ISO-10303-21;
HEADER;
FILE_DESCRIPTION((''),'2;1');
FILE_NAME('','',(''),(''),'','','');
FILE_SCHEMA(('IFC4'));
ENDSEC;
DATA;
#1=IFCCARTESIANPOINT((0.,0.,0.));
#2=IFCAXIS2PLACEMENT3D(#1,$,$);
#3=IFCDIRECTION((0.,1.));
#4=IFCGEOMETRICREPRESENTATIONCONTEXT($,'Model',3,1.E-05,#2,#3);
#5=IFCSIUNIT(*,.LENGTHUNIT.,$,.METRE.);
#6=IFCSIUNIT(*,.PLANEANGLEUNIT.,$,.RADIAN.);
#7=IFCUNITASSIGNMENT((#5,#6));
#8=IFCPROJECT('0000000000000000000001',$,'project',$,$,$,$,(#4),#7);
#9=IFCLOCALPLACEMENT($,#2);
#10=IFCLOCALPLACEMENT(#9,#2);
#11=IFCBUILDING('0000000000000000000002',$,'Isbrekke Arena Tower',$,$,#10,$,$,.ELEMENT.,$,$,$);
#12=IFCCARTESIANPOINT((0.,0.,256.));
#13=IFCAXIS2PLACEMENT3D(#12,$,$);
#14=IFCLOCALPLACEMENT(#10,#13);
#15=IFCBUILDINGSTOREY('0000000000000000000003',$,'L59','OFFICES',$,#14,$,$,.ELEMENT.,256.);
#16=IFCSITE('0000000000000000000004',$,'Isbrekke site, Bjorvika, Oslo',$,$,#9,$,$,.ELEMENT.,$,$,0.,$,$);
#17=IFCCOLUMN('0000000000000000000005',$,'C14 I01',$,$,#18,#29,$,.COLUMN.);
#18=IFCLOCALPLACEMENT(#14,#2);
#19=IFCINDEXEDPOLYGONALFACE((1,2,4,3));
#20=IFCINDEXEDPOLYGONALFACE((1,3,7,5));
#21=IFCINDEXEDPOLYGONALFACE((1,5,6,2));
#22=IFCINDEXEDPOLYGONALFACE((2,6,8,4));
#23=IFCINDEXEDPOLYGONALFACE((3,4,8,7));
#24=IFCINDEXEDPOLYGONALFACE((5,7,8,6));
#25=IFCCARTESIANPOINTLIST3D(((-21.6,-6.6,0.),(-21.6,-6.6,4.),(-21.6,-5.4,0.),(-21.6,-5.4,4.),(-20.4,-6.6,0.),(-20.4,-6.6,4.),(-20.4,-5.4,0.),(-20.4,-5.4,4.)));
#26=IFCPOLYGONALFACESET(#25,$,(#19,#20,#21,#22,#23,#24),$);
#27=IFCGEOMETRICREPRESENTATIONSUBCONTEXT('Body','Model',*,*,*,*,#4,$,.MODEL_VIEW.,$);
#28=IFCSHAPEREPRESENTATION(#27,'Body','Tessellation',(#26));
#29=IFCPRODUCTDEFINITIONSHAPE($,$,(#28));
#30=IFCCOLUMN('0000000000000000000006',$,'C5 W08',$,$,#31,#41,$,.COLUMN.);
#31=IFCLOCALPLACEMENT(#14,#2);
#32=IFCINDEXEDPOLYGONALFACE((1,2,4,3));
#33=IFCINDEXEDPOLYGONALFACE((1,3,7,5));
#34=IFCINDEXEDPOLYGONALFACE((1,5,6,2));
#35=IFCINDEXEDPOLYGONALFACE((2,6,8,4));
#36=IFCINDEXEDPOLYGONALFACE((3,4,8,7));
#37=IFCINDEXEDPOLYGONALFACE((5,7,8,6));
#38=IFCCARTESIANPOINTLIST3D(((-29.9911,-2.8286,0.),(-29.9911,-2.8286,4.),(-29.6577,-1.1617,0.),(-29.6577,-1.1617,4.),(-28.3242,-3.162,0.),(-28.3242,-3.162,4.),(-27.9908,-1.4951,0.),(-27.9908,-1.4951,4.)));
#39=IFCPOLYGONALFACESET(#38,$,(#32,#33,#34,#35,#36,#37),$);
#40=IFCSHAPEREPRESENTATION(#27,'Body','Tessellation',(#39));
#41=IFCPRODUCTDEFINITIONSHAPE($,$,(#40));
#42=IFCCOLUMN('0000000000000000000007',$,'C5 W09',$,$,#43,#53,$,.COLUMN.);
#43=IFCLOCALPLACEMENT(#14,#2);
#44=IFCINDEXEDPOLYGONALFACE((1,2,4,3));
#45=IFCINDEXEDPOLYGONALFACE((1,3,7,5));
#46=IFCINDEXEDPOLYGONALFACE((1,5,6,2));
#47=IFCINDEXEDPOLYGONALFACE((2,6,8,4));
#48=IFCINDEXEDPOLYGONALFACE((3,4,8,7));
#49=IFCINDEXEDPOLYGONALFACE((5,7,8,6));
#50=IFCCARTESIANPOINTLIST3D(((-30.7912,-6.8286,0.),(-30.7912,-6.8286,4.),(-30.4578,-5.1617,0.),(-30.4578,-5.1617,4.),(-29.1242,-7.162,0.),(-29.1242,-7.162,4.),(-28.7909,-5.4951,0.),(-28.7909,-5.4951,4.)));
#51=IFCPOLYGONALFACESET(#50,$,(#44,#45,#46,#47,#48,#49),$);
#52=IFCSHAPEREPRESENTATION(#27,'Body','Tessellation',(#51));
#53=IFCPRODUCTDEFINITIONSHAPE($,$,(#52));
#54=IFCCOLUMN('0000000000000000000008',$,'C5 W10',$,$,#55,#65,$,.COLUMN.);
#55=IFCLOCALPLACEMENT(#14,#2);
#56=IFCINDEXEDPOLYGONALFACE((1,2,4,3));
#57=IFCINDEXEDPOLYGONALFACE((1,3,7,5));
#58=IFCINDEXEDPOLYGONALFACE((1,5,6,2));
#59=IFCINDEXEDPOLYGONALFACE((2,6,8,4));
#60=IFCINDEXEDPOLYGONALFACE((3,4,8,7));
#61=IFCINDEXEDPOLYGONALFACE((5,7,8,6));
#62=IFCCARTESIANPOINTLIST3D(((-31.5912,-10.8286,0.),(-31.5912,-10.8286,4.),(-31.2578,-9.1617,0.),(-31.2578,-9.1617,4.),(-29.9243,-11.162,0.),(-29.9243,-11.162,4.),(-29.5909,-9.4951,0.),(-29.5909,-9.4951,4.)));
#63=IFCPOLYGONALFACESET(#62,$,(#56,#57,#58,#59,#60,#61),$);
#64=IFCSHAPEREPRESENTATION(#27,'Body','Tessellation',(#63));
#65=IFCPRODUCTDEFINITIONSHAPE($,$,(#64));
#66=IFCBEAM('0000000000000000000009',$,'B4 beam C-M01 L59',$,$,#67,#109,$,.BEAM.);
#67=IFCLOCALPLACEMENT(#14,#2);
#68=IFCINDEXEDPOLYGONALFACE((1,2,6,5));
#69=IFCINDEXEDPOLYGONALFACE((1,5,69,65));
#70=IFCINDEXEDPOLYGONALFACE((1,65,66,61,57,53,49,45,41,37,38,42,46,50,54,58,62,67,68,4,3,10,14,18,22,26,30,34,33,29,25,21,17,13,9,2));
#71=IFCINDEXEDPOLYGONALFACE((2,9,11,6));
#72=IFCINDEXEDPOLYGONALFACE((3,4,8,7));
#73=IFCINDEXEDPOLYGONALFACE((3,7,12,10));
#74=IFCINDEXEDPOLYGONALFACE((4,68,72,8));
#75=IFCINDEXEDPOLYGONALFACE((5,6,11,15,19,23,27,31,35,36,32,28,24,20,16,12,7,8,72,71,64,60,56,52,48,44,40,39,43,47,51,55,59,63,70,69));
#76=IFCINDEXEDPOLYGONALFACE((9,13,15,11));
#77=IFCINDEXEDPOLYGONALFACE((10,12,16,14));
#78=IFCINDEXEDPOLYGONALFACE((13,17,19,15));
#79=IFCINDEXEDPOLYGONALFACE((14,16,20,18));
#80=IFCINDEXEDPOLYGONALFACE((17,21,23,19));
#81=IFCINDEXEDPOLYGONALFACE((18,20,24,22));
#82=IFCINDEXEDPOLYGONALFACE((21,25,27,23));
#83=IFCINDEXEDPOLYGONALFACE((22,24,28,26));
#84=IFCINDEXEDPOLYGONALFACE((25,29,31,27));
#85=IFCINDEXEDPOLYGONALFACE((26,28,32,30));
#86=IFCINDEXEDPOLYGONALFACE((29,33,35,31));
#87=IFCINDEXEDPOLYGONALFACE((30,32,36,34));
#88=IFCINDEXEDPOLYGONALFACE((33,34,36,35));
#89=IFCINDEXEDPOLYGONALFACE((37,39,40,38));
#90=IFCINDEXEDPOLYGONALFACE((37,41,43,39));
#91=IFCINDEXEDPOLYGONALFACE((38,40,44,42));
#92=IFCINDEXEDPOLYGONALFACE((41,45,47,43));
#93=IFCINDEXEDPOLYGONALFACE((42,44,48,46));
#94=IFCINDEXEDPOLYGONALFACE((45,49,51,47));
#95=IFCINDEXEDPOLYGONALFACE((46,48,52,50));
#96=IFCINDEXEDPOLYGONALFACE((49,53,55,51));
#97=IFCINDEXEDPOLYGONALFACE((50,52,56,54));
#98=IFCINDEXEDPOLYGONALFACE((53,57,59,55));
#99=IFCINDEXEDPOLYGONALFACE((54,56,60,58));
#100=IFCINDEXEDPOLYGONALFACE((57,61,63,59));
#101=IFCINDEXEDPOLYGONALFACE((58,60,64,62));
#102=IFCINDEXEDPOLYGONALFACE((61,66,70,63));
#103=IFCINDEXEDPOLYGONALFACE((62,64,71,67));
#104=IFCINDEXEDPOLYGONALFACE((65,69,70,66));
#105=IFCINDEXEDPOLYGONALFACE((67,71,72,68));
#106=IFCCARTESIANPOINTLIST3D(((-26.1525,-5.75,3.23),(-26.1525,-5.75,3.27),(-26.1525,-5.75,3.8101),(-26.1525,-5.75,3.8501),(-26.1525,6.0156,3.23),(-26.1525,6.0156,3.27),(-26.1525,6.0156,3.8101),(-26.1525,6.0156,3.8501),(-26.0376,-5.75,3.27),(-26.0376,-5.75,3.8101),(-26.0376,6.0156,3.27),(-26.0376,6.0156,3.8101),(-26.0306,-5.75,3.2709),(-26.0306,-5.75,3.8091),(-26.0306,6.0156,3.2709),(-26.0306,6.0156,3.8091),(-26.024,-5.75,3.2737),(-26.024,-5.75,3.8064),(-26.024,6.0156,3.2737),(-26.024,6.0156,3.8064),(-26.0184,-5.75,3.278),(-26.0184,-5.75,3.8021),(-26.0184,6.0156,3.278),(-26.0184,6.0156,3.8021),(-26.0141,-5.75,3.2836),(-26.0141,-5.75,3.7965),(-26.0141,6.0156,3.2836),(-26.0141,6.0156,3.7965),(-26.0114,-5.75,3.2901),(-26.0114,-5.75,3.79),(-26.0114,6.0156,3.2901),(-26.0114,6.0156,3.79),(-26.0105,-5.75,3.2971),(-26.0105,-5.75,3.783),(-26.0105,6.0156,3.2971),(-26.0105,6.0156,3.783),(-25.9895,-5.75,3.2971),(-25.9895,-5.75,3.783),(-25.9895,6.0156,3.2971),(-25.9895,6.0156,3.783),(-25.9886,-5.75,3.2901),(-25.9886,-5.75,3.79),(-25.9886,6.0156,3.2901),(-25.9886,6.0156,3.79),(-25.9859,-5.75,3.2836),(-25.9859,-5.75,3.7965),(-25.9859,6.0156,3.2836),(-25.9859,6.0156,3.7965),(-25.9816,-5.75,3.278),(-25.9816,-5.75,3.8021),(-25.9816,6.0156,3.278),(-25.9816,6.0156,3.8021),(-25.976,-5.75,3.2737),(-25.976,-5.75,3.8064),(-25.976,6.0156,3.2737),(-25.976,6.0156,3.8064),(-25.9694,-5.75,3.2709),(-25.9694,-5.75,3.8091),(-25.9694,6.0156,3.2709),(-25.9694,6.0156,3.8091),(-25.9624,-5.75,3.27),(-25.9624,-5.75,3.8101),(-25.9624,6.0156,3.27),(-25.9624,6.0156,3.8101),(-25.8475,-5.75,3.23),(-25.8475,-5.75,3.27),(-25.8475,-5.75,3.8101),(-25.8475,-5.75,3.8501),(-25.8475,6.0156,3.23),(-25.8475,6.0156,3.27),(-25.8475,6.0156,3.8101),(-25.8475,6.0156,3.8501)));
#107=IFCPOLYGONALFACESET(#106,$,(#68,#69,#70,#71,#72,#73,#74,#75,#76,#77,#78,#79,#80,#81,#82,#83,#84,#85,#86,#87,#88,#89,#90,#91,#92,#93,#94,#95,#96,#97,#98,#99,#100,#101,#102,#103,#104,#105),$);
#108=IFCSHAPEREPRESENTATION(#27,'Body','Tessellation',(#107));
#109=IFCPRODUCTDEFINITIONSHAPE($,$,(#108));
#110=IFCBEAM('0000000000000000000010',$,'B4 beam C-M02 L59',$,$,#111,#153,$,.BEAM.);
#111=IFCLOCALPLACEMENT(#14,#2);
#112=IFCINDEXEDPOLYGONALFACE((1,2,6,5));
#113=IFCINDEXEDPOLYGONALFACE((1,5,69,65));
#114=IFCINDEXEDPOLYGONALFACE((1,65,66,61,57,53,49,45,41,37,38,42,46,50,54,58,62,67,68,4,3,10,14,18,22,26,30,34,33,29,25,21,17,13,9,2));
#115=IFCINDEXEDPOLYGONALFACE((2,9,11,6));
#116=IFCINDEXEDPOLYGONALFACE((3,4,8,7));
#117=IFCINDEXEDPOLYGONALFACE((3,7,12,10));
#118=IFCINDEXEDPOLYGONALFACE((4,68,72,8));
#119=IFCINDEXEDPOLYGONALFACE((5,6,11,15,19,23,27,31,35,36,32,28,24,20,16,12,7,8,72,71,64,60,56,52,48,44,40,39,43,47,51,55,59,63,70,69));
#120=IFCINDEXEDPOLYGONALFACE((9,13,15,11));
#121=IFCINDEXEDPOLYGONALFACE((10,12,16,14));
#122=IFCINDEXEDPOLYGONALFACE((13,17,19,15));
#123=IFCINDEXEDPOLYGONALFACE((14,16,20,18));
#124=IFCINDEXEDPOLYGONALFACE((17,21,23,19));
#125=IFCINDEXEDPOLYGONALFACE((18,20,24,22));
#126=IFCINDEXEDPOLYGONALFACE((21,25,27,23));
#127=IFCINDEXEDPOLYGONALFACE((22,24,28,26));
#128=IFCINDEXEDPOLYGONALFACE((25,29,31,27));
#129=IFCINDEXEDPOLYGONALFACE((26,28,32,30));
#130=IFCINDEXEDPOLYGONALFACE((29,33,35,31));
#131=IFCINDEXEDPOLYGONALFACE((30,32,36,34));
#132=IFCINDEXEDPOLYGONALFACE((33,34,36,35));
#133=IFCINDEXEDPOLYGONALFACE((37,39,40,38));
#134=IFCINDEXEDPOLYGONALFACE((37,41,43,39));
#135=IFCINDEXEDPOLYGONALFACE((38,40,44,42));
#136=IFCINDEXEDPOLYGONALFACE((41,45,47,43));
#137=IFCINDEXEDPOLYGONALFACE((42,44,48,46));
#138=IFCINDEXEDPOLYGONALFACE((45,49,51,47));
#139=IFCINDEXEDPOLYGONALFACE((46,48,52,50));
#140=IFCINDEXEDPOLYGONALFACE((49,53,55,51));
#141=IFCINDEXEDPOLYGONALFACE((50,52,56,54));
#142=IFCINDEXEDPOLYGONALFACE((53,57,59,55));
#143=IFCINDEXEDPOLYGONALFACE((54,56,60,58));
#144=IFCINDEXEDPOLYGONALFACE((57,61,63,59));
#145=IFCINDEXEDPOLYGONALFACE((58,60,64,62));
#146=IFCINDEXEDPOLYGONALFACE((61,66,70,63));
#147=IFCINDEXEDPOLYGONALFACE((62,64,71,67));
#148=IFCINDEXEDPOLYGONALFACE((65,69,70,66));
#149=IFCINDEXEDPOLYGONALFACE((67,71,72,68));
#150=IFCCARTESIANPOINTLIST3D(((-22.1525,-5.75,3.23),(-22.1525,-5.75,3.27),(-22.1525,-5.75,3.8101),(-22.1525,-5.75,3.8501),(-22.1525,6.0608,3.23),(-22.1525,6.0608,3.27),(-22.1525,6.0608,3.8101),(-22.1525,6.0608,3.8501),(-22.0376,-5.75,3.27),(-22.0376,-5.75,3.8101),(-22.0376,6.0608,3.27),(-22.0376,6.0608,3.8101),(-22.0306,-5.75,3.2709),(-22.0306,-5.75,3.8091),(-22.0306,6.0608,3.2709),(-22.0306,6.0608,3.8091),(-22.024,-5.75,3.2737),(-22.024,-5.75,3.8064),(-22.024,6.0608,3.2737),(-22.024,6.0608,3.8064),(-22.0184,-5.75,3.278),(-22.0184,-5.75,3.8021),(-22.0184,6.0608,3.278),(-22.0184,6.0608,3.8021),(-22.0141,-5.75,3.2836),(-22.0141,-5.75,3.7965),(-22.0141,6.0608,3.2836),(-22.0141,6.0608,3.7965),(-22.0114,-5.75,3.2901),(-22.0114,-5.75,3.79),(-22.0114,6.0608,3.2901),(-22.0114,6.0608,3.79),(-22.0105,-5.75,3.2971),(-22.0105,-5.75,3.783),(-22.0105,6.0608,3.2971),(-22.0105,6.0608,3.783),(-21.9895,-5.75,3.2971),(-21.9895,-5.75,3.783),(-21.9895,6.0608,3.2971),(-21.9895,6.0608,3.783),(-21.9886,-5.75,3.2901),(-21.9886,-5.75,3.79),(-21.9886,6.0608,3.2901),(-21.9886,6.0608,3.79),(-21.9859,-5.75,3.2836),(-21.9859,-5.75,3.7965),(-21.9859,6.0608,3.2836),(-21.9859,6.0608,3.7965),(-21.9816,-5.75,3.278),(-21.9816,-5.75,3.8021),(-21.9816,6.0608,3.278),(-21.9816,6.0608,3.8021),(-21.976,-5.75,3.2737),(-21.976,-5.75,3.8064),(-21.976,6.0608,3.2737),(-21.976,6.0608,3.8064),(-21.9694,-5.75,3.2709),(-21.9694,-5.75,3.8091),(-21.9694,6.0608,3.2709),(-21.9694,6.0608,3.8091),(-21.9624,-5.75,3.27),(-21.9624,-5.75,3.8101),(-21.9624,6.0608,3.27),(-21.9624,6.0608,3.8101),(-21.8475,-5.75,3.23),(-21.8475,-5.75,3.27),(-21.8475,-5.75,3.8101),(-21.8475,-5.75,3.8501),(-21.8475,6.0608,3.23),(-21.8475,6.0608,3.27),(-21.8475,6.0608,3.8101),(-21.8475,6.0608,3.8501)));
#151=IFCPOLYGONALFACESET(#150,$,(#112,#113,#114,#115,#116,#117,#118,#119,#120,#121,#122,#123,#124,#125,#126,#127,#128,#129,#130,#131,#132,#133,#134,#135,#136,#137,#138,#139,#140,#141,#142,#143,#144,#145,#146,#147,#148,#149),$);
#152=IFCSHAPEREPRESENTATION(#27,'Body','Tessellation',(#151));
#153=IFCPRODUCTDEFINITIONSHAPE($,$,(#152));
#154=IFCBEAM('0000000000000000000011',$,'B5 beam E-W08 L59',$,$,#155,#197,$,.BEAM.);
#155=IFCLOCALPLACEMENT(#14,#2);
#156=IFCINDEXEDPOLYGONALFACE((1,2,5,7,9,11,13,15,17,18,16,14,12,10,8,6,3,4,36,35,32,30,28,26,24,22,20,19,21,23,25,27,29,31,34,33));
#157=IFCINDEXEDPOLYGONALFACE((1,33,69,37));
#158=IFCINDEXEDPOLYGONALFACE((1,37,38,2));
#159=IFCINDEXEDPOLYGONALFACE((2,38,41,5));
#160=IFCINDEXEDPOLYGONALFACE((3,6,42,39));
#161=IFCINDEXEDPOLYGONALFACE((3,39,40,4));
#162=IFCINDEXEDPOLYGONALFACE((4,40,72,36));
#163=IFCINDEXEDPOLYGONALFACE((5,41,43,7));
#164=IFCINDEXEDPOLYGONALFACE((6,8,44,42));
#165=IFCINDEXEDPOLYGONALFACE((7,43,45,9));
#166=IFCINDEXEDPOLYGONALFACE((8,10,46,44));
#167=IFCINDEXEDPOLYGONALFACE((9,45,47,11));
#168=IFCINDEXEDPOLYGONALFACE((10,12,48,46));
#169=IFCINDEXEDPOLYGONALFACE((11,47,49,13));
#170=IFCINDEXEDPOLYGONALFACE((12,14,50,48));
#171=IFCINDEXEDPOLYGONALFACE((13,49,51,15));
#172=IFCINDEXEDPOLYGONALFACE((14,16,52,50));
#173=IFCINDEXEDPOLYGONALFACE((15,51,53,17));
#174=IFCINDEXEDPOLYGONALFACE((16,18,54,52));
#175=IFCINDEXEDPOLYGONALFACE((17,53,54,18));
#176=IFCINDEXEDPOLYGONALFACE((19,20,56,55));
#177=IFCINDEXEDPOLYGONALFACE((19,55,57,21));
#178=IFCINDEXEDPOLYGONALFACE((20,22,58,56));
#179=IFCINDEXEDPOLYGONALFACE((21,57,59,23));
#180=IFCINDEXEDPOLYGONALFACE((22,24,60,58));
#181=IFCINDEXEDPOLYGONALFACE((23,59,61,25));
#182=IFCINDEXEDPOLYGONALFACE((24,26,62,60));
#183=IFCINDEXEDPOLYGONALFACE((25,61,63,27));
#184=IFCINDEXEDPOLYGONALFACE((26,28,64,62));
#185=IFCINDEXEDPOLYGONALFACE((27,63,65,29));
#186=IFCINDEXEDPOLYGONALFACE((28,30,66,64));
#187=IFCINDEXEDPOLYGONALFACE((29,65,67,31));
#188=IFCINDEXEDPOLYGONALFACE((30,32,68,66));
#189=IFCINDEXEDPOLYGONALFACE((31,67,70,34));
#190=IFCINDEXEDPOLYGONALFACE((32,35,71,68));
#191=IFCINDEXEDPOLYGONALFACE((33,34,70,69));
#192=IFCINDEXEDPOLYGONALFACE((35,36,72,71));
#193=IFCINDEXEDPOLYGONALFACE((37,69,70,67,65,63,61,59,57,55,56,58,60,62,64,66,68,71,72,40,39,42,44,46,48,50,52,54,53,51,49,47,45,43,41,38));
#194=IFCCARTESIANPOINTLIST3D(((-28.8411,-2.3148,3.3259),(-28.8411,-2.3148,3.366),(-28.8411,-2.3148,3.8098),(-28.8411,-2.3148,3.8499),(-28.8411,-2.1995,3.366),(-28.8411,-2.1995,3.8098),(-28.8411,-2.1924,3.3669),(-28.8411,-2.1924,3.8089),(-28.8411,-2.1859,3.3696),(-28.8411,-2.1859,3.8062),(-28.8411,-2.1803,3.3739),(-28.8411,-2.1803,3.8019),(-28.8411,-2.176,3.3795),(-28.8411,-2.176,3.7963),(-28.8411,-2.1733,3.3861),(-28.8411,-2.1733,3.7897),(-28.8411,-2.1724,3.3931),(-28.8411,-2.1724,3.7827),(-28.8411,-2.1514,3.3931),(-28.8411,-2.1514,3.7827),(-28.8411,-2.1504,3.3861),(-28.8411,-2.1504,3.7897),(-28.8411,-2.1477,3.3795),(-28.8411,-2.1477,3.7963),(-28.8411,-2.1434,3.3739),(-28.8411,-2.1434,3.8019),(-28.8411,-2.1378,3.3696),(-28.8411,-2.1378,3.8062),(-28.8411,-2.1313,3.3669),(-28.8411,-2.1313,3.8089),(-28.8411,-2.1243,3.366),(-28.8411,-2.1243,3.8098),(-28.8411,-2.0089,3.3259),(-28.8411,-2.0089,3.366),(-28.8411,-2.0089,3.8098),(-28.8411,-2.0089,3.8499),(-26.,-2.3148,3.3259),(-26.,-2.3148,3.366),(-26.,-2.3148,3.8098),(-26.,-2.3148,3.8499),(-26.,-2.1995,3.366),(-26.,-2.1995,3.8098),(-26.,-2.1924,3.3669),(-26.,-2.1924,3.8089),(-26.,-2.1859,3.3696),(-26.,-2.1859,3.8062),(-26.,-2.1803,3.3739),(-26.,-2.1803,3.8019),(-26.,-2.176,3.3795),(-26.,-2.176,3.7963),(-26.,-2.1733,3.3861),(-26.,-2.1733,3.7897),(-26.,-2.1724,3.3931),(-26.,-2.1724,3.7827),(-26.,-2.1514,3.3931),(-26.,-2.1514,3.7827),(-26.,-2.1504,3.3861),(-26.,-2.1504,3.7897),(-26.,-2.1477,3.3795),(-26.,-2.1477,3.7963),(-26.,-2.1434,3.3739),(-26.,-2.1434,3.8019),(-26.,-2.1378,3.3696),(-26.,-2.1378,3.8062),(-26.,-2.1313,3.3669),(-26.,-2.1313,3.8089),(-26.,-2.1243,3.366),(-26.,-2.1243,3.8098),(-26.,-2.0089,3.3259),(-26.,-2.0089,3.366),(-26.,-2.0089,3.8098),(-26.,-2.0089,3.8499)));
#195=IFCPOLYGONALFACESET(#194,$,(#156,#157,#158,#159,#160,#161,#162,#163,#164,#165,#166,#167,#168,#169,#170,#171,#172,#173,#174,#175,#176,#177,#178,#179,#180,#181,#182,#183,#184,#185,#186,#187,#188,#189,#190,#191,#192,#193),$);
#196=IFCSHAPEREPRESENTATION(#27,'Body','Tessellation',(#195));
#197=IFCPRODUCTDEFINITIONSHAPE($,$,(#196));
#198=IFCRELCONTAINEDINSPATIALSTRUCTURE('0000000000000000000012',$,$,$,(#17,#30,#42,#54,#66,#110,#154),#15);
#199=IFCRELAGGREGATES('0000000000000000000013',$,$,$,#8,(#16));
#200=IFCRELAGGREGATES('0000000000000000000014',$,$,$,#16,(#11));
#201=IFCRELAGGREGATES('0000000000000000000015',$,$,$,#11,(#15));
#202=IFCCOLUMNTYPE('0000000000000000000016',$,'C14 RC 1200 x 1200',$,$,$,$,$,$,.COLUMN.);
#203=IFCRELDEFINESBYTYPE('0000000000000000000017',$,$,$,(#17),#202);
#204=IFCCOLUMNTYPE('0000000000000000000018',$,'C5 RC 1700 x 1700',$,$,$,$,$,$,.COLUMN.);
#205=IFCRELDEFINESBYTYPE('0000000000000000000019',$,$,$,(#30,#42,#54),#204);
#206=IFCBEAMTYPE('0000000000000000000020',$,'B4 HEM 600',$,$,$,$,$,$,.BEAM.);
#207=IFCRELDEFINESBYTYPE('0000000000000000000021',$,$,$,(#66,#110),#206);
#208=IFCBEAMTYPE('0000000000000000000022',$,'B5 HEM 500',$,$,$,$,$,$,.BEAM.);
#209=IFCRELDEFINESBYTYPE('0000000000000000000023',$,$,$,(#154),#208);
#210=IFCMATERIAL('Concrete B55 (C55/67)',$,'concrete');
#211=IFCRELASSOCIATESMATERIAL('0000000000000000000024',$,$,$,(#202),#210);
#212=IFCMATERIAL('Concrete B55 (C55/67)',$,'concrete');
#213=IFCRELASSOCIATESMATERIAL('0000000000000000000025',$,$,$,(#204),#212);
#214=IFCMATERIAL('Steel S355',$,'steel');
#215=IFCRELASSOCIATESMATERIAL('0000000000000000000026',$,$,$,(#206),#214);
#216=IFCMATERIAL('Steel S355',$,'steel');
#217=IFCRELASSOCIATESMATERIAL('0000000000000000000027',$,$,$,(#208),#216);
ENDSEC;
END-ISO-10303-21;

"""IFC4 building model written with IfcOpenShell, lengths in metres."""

from ifc_helpers import new_model, si_unit, direction, frame, origin, origin_2d, place, context, subcontext, project, spatial, rectangle, i_section, extrude, material, material_profile, profile_set, type_object, element, save


model = new_model("IFC4")

# Units and contexts
model_context = context("Model", 3, precision=1e-05, world=origin(), true_north=direction((0.0, 1.0)))
body_context = subcontext(model_context, "Body", "Model", "MODEL_VIEW")
ifc_project = project(units=[si_unit("LENGTHUNIT", "METRE"), si_unit("PLANEANGLEUNIT", "RADIAN")], contexts=[model_context])

# Site, building, storey
site_placement = place(None, origin())
site = spatial("IfcSite", under=ifc_project, at=site_placement, Name="Isbrekke site, Bjorvika, Oslo", CompositionType="ELEMENT", RefElevation=0.0)
building_placement = place(site_placement, origin())
building = spatial("IfcBuilding", under=site, at=building_placement, Name="Isbrekke Arena Tower", CompositionType="ELEMENT")
storey_placement = place(building_placement, frame((0.0, 0.0, 256.0)))
storey = spatial("IfcBuildingStorey", under=building, at=storey_placement, Name="L59", Description="OFFICES", CompositionType="ELEMENT", Elevation=256.0)

# Columns
ifc_material_1 = material(Name="Concrete B55 (C55/67)", Category="concrete")
ifc_material_profile_1 = material_profile(ifc_material_1, rectangle(XDim=1.2, YDim=1.2, at=origin_2d()), Name="RC 1200x1200")
ifc_profile_set_1 = profile_set([ifc_material_profile_1], Name="Concrete B55 (C55/67)")
column_type_1 = type_object("IfcColumnType", Name="C14 RC 1200 x 1200", PredefinedType="COLUMN", material=ifc_profile_set_1)
column_placement = place(storey_placement, frame((-21.0, -6.0, 0.0), z_axis=(0.0, 0.0, 1.0), x_axis=(1.0, 0.0, 0.0)))
element("IfcColumn", 1, at=column_placement, inside=storey, type_object=column_type_1, Name="C14 I01", PredefinedType="COLUMN", context=body_context, shape_type="SweptSolid", body=[
    extrude(rectangle(XDim=1.2, YDim=1.2, at=origin_2d()), origin(), (0.0, 0.0, 1.0), 4.0),
])
ifc_material_2 = material(Name="Concrete B55 (C55/67)", Category="concrete")
ifc_material_profile_2 = material_profile(ifc_material_2, rectangle(XDim=1.7, YDim=1.7, at=origin_2d()), Name="RC 1700x1700")
ifc_profile_set_2 = profile_set([ifc_material_profile_2], Name="Concrete B55 (C55/67)")
column_type_2 = type_object("IfcColumnType", Name="C5 RC 1700 x 1700", PredefinedType="COLUMN", material=ifc_profile_set_2)
for number, where, z_axis, x_axis, name in (
    (2, (-28.991, -2.1619, 0.0), (0.0, 0.0, 1.0), (-0.196116, -0.980581, 0.0), "C5 W08"),
    (3, (-29.791, -6.1619, 0.0), (0.0, 0.0, 1.0), (-0.196116, -0.980581, 0.0), "C5 W09"),
    (4, (-30.5911, -10.1619, 0.0), (0.0, 0.0, 1.0), (-0.196116, -0.980581, 0.0), "C5 W10"),
):
    element("IfcColumn", number, at=place(storey_placement, frame(where, z_axis=z_axis, x_axis=x_axis)), inside=storey, type_object=column_type_2, Name=name, PredefinedType="COLUMN", context=body_context, shape_type="SweptSolid", body=[
        extrude(rectangle(XDim=1.7, YDim=1.7, at=origin_2d()), origin(), (0.0, 0.0, 1.0), 4.0),
    ])

# Beams
ifc_material_3 = material(Name="Steel S355", Category="steel")
ifc_material_profile_3 = material_profile(ifc_material_3, i_section(OverallWidth=0.3049, OverallDepth=0.6201, WebThickness=0.021, FlangeThickness=0.04, FilletRadius=0.0271, at=origin_2d()), Name="HEM 600")
ifc_profile_set_3 = profile_set([ifc_material_profile_3], Name="Steel S355")
beam_type_1 = type_object("IfcBeamType", Name="B4 HEM 600", PredefinedType="BEAM", material=ifc_profile_set_3)
beam_1_placement = place(storey_placement, frame((-26.0, -5.75, 3.54), z_axis=(0.0, 1.0, 0.0), x_axis=(-1.0, 0.0, 0.0)))
element("IfcBeam", 5, at=beam_1_placement, inside=storey, type_object=beam_type_1, Name="B4 beam C-M01 L59", PredefinedType="BEAM", context=body_context, shape_type="SweptSolid", body=[
    extrude(i_section(OverallWidth=0.3049, OverallDepth=0.6201, WebThickness=0.021, FlangeThickness=0.04, FilletRadius=0.0271, at=origin_2d()), origin(), (0.0, 0.0, 1.0), 11.7656),
])
beam_2_placement = place(storey_placement, frame((-22.0, -5.75, 3.54), z_axis=(0.0, 1.0, 0.0), x_axis=(-1.0, 0.0, 0.0)))
element("IfcBeam", 6, at=beam_2_placement, inside=storey, type_object=beam_type_1, Name="B4 beam C-M02 L59", PredefinedType="BEAM", context=body_context, shape_type="SweptSolid", body=[
    extrude(i_section(OverallWidth=0.3049, OverallDepth=0.6201, WebThickness=0.021, FlangeThickness=0.04, FilletRadius=0.0271, at=origin_2d()), origin(), (0.0, 0.0, 1.0), 11.8108),
])
ifc_material_4 = material(Name="Steel S355", Category="steel")
ifc_material_profile_4 = material_profile(ifc_material_4, i_section(OverallWidth=0.3059, OverallDepth=0.5239, WebThickness=0.021, FlangeThickness=0.04, FilletRadius=0.0271, at=origin_2d()), Name="HEM 500")
ifc_profile_set_4 = profile_set([ifc_material_profile_4], Name="Steel S355")
beam_type_2 = type_object("IfcBeamType", Name="B5 HEM 500", PredefinedType="BEAM", material=ifc_profile_set_4)
beam_3_placement = place(storey_placement, frame((-28.8411, -2.1619, 3.5879), z_axis=(1.0, 0.0, 0.0), x_axis=(0.0, 1.0, 0.0)))
element("IfcBeam", 7, at=beam_3_placement, inside=storey, type_object=beam_type_2, Name="B5 beam E-W08 L59", PredefinedType="BEAM", context=body_context, shape_type="SweptSolid", body=[
    extrude(i_section(OverallWidth=0.3059, OverallDepth=0.5239, WebThickness=0.021, FlangeThickness=0.04, FilletRadius=0.0271, at=origin_2d()), origin(), (0.0, 0.0, 1.0), 2.8411),
])

save(model, "model.ifc")
